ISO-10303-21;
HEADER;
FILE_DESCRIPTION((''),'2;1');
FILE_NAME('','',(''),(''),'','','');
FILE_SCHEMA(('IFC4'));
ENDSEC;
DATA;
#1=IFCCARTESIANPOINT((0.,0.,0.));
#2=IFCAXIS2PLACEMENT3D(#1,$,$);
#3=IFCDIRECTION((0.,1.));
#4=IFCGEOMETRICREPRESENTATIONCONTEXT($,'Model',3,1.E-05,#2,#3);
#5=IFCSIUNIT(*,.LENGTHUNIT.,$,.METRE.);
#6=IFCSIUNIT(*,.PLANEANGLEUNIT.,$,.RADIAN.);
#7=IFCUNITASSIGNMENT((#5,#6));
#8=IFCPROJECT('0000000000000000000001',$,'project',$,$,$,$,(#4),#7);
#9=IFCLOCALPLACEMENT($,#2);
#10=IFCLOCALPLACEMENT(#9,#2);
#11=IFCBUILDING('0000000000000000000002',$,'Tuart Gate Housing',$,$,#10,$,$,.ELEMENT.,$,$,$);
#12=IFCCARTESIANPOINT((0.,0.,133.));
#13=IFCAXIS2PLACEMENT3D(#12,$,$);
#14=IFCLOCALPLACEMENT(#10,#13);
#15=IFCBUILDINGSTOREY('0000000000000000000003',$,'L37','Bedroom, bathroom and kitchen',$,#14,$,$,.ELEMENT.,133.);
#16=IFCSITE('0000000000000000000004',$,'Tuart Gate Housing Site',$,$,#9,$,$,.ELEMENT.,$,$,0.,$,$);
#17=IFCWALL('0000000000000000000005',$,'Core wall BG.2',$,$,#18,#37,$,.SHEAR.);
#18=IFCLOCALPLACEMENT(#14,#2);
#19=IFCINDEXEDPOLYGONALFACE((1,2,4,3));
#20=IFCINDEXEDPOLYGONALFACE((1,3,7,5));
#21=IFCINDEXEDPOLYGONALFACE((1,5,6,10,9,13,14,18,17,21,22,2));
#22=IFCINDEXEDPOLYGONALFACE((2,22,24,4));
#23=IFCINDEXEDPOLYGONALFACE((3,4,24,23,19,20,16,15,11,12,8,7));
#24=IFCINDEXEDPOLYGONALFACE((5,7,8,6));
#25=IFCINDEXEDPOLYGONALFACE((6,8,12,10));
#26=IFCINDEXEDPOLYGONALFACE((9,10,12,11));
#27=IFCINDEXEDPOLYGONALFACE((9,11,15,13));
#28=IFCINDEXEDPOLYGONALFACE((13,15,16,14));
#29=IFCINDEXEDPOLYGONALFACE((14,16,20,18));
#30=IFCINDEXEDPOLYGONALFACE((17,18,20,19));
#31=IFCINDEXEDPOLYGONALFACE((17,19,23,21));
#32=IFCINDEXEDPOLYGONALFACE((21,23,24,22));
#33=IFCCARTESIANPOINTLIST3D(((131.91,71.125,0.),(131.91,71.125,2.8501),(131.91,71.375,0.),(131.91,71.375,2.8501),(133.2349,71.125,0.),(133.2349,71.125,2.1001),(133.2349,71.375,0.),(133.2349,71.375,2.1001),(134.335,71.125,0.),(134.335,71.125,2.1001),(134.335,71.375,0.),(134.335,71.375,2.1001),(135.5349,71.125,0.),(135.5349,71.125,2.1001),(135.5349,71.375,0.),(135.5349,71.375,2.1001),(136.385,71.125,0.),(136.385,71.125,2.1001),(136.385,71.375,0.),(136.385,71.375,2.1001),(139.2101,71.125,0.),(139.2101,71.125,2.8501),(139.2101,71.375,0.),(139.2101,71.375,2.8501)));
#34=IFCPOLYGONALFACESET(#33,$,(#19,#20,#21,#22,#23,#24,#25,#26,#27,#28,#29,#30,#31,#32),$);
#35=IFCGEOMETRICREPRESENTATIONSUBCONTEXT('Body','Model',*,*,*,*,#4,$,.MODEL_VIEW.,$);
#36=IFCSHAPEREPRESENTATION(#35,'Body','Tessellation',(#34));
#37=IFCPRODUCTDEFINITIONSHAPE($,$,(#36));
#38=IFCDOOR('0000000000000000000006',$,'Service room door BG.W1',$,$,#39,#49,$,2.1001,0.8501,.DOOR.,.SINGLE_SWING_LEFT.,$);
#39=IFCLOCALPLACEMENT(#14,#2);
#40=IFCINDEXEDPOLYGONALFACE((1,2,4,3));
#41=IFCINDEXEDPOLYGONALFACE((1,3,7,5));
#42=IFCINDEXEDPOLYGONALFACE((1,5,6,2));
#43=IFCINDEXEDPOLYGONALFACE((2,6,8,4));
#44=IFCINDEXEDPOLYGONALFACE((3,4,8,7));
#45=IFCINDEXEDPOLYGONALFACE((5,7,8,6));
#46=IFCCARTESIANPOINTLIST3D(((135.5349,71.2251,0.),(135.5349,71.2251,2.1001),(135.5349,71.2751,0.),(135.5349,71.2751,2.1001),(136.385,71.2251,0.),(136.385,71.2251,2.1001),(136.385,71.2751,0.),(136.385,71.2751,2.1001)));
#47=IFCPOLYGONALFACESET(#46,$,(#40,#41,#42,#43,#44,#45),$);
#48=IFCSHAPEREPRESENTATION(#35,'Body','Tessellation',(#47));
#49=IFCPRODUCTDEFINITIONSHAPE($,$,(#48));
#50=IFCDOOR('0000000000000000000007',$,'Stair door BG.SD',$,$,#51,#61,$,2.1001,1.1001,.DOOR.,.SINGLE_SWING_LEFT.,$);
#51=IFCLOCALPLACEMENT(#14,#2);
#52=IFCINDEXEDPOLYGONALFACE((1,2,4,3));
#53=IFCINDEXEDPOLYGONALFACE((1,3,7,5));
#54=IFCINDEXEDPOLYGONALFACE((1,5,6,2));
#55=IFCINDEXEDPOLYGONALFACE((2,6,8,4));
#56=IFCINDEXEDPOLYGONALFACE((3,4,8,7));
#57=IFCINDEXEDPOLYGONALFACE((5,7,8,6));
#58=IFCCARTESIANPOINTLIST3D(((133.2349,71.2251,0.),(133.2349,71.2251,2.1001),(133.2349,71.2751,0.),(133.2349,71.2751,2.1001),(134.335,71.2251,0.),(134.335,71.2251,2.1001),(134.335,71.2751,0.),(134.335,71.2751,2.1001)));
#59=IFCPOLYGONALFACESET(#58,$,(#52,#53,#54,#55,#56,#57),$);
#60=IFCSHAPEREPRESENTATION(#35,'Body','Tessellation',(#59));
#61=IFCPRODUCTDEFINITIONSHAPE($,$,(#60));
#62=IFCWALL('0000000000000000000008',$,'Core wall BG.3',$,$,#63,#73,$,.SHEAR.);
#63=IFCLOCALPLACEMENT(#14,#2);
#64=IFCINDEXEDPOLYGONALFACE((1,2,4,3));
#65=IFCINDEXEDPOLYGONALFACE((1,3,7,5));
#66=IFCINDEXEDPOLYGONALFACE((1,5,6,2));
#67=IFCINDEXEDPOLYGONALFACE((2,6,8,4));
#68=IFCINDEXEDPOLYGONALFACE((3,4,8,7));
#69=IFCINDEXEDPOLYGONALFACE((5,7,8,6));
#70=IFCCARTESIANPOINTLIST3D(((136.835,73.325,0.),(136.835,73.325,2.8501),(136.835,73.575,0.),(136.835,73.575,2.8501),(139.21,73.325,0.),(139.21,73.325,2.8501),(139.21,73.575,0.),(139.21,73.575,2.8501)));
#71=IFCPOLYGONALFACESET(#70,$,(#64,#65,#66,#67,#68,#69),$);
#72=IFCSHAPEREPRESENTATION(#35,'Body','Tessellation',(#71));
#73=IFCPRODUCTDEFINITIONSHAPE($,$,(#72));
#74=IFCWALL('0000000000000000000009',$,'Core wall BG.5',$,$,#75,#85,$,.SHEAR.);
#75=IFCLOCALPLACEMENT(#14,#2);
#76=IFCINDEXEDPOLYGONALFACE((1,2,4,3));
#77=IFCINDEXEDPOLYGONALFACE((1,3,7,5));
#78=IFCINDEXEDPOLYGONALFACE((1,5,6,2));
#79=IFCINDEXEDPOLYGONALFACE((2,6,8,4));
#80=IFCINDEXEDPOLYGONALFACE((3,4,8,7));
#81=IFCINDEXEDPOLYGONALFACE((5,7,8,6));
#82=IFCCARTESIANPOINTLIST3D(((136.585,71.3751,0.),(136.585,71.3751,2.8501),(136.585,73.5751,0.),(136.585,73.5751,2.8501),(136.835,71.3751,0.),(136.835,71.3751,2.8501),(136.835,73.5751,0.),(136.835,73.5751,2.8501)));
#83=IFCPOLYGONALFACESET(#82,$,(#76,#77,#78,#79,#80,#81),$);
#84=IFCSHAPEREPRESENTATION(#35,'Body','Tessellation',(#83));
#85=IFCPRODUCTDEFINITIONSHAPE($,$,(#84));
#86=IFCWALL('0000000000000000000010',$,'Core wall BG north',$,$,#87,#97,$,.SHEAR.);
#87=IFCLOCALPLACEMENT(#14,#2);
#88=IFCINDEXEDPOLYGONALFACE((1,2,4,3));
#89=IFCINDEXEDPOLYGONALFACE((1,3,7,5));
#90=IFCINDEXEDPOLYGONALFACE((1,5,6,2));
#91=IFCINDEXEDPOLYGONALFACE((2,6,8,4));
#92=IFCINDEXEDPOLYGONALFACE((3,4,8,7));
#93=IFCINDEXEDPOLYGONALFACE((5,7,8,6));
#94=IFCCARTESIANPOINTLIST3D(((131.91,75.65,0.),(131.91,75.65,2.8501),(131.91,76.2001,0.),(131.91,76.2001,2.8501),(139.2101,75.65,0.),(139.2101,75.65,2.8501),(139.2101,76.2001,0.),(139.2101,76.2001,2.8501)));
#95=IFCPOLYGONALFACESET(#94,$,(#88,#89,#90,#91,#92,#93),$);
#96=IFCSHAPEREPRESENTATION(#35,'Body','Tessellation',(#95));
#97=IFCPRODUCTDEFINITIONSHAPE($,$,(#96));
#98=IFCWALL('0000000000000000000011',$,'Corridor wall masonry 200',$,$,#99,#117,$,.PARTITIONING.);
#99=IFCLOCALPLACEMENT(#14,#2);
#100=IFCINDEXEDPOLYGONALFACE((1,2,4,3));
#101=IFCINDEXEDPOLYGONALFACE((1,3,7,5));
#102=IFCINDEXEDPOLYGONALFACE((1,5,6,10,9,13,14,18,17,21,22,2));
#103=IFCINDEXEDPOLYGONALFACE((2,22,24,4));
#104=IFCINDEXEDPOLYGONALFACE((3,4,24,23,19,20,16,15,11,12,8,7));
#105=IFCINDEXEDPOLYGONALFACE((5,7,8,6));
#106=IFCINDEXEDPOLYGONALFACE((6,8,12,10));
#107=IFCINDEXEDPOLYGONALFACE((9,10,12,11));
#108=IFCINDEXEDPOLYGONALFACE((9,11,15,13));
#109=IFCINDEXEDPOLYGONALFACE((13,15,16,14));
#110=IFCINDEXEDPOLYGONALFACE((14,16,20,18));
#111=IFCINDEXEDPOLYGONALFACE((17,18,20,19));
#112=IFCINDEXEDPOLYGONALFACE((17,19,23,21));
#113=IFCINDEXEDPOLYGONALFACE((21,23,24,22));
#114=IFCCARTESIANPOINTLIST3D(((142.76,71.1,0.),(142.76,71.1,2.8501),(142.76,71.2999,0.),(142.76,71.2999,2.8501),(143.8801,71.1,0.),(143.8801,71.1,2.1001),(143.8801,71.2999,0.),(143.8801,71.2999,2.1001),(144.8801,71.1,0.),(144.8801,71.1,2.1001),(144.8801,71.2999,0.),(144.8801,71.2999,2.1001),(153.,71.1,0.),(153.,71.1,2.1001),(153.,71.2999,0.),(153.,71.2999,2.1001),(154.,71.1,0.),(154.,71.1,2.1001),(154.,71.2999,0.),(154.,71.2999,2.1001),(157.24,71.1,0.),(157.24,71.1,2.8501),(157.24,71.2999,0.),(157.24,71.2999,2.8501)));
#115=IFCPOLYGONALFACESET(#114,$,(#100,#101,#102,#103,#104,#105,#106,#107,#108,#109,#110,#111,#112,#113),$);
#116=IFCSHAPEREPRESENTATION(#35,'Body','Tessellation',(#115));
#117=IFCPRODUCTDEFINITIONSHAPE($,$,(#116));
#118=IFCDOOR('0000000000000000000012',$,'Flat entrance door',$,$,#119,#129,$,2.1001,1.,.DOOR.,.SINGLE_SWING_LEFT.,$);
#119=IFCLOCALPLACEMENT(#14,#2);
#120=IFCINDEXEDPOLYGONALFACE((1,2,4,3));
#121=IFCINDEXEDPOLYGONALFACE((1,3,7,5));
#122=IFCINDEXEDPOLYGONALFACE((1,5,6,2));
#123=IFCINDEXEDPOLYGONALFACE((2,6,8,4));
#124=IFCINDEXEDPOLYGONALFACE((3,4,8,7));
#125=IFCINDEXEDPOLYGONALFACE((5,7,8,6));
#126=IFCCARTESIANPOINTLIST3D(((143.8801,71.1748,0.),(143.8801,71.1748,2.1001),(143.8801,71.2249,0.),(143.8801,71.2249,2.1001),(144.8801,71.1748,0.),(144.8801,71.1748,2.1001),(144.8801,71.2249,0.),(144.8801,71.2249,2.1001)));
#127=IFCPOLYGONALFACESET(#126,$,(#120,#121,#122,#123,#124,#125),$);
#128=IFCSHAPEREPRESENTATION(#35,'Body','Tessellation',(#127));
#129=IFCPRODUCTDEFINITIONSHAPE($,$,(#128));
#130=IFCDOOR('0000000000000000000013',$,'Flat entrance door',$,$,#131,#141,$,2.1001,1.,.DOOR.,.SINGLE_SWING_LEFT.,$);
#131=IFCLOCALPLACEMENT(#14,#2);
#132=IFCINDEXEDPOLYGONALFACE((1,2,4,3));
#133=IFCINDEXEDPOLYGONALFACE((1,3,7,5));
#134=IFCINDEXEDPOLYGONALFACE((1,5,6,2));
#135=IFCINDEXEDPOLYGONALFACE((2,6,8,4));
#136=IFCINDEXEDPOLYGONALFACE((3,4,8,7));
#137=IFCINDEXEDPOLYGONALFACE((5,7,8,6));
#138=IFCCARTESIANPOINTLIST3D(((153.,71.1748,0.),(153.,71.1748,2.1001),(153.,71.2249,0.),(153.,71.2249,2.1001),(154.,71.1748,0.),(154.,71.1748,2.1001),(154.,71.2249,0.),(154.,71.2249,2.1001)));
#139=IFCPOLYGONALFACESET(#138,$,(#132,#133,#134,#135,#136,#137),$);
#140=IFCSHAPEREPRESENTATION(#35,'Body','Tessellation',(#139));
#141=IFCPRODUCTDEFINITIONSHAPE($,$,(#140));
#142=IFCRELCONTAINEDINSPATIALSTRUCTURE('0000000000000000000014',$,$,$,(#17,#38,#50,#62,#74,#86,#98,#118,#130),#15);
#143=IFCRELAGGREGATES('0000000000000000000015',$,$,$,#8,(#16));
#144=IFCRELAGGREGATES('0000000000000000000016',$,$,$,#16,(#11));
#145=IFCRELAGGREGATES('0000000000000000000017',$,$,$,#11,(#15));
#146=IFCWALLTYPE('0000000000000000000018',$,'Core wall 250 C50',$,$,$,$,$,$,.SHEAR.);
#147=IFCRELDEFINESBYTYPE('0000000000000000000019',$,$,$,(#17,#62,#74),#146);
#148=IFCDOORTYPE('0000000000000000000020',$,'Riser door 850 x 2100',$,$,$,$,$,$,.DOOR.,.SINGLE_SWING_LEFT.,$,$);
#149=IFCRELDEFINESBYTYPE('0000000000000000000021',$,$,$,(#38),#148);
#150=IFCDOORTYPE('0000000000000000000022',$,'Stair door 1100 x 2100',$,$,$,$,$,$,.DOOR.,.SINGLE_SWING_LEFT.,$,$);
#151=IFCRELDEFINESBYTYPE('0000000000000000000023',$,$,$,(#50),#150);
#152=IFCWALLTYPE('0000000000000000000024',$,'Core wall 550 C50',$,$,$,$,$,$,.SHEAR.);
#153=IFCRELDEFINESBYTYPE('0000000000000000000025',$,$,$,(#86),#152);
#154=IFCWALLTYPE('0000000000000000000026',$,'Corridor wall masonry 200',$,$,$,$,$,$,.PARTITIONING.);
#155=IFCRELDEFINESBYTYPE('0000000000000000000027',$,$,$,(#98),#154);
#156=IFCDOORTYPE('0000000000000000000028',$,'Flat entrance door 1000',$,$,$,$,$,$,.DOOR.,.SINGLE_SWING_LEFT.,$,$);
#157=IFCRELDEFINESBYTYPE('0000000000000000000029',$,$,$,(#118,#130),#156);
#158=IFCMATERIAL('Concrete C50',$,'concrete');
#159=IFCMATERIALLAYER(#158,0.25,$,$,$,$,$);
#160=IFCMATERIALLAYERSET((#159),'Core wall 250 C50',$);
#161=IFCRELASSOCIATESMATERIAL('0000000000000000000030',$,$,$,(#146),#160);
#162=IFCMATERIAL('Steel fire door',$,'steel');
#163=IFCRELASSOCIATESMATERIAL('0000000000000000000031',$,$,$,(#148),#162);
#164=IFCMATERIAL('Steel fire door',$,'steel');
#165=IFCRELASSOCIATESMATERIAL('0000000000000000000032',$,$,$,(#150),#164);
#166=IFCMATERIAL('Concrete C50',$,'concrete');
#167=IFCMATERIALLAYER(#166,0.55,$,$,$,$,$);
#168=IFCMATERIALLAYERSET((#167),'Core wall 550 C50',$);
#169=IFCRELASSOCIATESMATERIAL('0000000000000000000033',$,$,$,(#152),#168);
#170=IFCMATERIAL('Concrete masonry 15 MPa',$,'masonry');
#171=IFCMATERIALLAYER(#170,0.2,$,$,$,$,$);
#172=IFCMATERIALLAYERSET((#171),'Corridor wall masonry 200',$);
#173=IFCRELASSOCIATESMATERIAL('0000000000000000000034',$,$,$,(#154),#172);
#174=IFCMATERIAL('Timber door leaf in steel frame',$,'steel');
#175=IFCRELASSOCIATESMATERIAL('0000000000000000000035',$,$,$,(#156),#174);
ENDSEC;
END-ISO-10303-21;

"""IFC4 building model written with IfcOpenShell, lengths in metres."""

from ifc_helpers import new_model, si_unit, direction, frame, frame_2d, origin, place, context, subcontext, project, spatial, rectangle, extrude, material, layer, layer_set, type_object, element, fill, save


model = new_model("IFC4")

# Units and contexts
model_context = context("Model", 3, precision=1e-05, world=origin(), true_north=direction((0.0, 1.0)))
body_context = subcontext(model_context, "Body", "Model", "MODEL_VIEW")
ifc_project = project(units=[si_unit("LENGTHUNIT", "METRE"), si_unit("PLANEANGLEUNIT", "RADIAN")], contexts=[model_context])

# Site, building, storey
site_placement = place(None, origin())
site = spatial("IfcSite", under=ifc_project, at=site_placement, Name="Tuart Gate Housing Site", CompositionType="ELEMENT", RefElevation=0.0)
building_placement = place(site_placement, origin())
building = spatial("IfcBuilding", under=site, at=building_placement, Name="Tuart Gate Housing", CompositionType="ELEMENT")
storey_placement = place(building_placement, frame((0.0, 0.0, 133.0)))
storey = spatial("IfcBuildingStorey", under=building, at=storey_placement, Name="L37", Description="Bedroom, bathroom and kitchen", CompositionType="ELEMENT", Elevation=133.0)

# Wall, openings, doors
ifc_material_1 = material(Name="Concrete C50", Category="concrete")
ifc_layer_1 = layer(ifc_material_1, 0.25)
ifc_layer_set_1 = layer_set([ifc_layer_1], Name="Core wall 250 C50")
wall_type_1 = type_object("IfcWallType", Name="Core wall 250 C50", PredefinedType="SHEAR", material=ifc_layer_set_1)
wall_1_placement = place(storey_placement, frame((139.21, 71.25, 0.0), z_axis=(0.0, 0.0, 1.0), x_axis=(-1.0, 0.0, 0.0)))
wall_1 = element("IfcWall", 1, at=wall_1_placement, inside=storey, type_object=wall_type_1, Name="Core wall BG.2", PredefinedType="SHEAR", context=body_context, shape_type="SweptSolid", body=[
    extrude(rectangle(XDim=7.3, YDim=0.25, at=frame_2d((3.6499, 0.0))), origin(), (0.0, 0.0, 1.0), 2.8501),
])
opening_1_placement = place(wall_1_placement, frame((4.875, 0.0, 0.0)))
opening_1 = element("IfcOpeningElement", 2, at=opening_1_placement, cuts=wall_1, PredefinedType="OPENING", context=body_context, shape_type="SweptSolid", body=[
    extrude(rectangle(XDim=1.1001, YDim=2.1001, at=frame_2d((0.55, 1.05))), frame((0.0, 0.135, 0.0), z_axis=(0.0, -1.0, 0.0), x_axis=(1.0, 0.0, 0.0)), (0.0, 0.0, 1.0), 0.27),
])
opening_2_placement = place(wall_1_placement, frame((2.825, 0.0, 0.0)))
opening_2 = element("IfcOpeningElement", 3, at=opening_2_placement, cuts=wall_1, PredefinedType="OPENING", context=body_context, shape_type="SweptSolid", body=[
    extrude(rectangle(XDim=0.8501, YDim=2.1001, at=frame_2d((0.425, 1.05))), frame((0.0, 0.135, 0.0), z_axis=(0.0, -1.0, 0.0), x_axis=(1.0, 0.0, 0.0)), (0.0, 0.0, 1.0), 0.27),
])
ifc_material_2 = material(Name="Steel fire door", Category="steel")
door_type_1 = type_object("IfcDoorType", Name="Riser door 850 x 2100", OperationType="SINGLE_SWING_LEFT", PredefinedType="DOOR", material=ifc_material_2)
door_1_placement = place(opening_2_placement, origin())
door_1 = element("IfcDoor", 4, at=door_1_placement, inside=storey, type_object=door_type_1, Name="Service room door BG.W1", OperationType="SINGLE_SWING_LEFT", OverallHeight=2.1001, OverallWidth=0.8501, PredefinedType="DOOR", context=body_context, shape_type="SweptSolid", body=[
    extrude(rectangle(XDim=0.8501, YDim=2.1001, at=frame_2d((0.425, 1.05))), frame((0.0, 0.0249, 0.0), z_axis=(0.0, -1.0, 0.0), x_axis=(1.0, 0.0, 0.0)), (0.0, 0.0, 1.0), 0.05),
])
fill(opening_2, door_1)
ifc_material_3 = material(Name="Steel fire door", Category="steel")
door_type_2 = type_object("IfcDoorType", Name="Stair door 1100 x 2100", OperationType="SINGLE_SWING_LEFT", PredefinedType="DOOR", material=ifc_material_3)
door_2_placement = place(opening_1_placement, origin())
door_2 = element("IfcDoor", 5, at=door_2_placement, inside=storey, type_object=door_type_2, Name="Stair door BG.SD", OperationType="SINGLE_SWING_LEFT", OverallHeight=2.1001, OverallWidth=1.1001, PredefinedType="DOOR", context=body_context, shape_type="SweptSolid", body=[
    extrude(rectangle(XDim=1.1001, YDim=2.1001, at=frame_2d((0.55, 1.05))), frame((0.0, 0.0249, 0.0), z_axis=(0.0, -1.0, 0.0), x_axis=(1.0, 0.0, 0.0)), (0.0, 0.0, 1.0), 0.05),
])
fill(opening_1, door_2)

# Walls
wall_2_placement = place(storey_placement, frame((139.21, 73.45, 0.0), z_axis=(0.0, 0.0, 1.0), x_axis=(-1.0, 0.0, 0.0)))
element("IfcWall", 6, at=wall_2_placement, inside=storey, type_object=wall_type_1, Name="Core wall BG.3", PredefinedType="SHEAR", context=body_context, shape_type="SweptSolid", body=[
    extrude(rectangle(XDim=2.375, YDim=0.25, at=frame_2d((1.1875, 0.0))), origin(), (0.0, 0.0, 1.0), 2.8501),
])
wall_3_placement = place(storey_placement, frame((136.71, 71.375, 0.0), z_axis=(0.0, 0.0, 1.0), x_axis=(0.0, 1.0, 0.0)))
element("IfcWall", 7, at=wall_3_placement, inside=storey, type_object=wall_type_1, Name="Core wall BG.5", PredefinedType="SHEAR", context=body_context, shape_type="SweptSolid", body=[
    extrude(rectangle(XDim=2.2, YDim=0.25, at=frame_2d((1.1001, 0.0))), origin(), (0.0, 0.0, 1.0), 2.8501),
])
ifc_material_4 = material(Name="Concrete C50", Category="concrete")
ifc_layer_2 = layer(ifc_material_4, 0.55)
ifc_layer_set_2 = layer_set([ifc_layer_2], Name="Core wall 550 C50")
wall_type_2 = type_object("IfcWallType", Name="Core wall 550 C50", PredefinedType="SHEAR", material=ifc_layer_set_2)
wall_4_placement = place(storey_placement, frame((139.21, 75.925, 0.0), z_axis=(0.0, 0.0, 1.0), x_axis=(-1.0, 0.0, 0.0)))
element("IfcWall", 8, at=wall_4_placement, inside=storey, type_object=wall_type_2, Name="Core wall BG north", PredefinedType="SHEAR", context=body_context, shape_type="SweptSolid", body=[
    extrude(rectangle(XDim=7.3, YDim=0.55, at=frame_2d((3.6499, 0.0))), origin(), (0.0, 0.0, 1.0), 2.8501),
])

# Wall, openings, doors
ifc_material_5 = material(Name="Concrete masonry 15 MPa", Category="masonry")
ifc_layer_3 = layer(ifc_material_5, 0.2)
ifc_layer_set_3 = layer_set([ifc_layer_3], Name="Corridor wall masonry 200")
wall_type_3 = type_object("IfcWallType", Name="Corridor wall masonry 200", PredefinedType="PARTITIONING", material=ifc_layer_set_3)
wall_5_placement = place(storey_placement, frame((142.76, 71.2, 0.0), z_axis=(0.0, 0.0, 1.0), x_axis=(1.0, 0.0, 0.0)))
wall_5 = element("IfcWall", 9, at=wall_5_placement, inside=storey, type_object=wall_type_3, Name="Corridor wall masonry 200", PredefinedType="PARTITIONING", context=body_context, shape_type="SweptSolid", body=[
    extrude(rectangle(XDim=14.48, YDim=0.2, at=frame_2d((7.24, 0.0))), origin(), (0.0, 0.0, 1.0), 2.8501),
])
opening_3_placement = place(wall_5_placement, frame((1.1201, 0.0, 0.0)))
opening_3 = element("IfcOpeningElement", 10, at=opening_3_placement, cuts=wall_5, PredefinedType="OPENING", context=body_context, shape_type="SweptSolid", body=[
    extrude(rectangle(XDim=1.0, YDim=2.1001, at=frame_2d((0.5, 1.05))), frame((0.0, 0.1099, 0.0), z_axis=(0.0, -1.0, 0.0), x_axis=(1.0, 0.0, 0.0)), (0.0, 0.0, 1.0), 0.22),
])
opening_4_placement = place(wall_5_placement, frame((10.24, 0.0, 0.0)))
opening_4 = element("IfcOpeningElement", 11, at=opening_4_placement, cuts=wall_5, PredefinedType="OPENING", context=body_context, shape_type="SweptSolid", body=[
    extrude(rectangle(XDim=1.0, YDim=2.1001, at=frame_2d((0.5, 1.05))), frame((0.0, 0.1099, 0.0), z_axis=(0.0, -1.0, 0.0), x_axis=(1.0, 0.0, 0.0)), (0.0, 0.0, 1.0), 0.22),
])
ifc_material_6 = material(Name="Timber door leaf in steel frame", Category="steel")
door_type_3 = type_object("IfcDoorType", Name="Flat entrance door 1000", OperationType="SINGLE_SWING_LEFT", PredefinedType="DOOR", material=ifc_material_6)
door_3_placement = place(opening_3_placement, origin())
door_3 = element("IfcDoor", 12, at=door_3_placement, inside=storey, type_object=door_type_3, Name="Flat entrance door", OperationType="SINGLE_SWING_LEFT", OverallHeight=2.1001, OverallWidth=1.0, PredefinedType="DOOR", context=body_context, shape_type="SweptSolid", body=[
    extrude(rectangle(XDim=1.0, YDim=2.1001, at=frame_2d((0.5, 1.05))), frame((0.0, 0.0249, 0.0), z_axis=(0.0, -1.0, 0.0), x_axis=(1.0, 0.0, 0.0)), (0.0, 0.0, 1.0), 0.05),
])
fill(opening_3, door_3)
door_4_placement = place(opening_4_placement, origin())
door_4 = element("IfcDoor", 13, at=door_4_placement, inside=storey, type_object=door_type_3, Name="Flat entrance door", OperationType="SINGLE_SWING_LEFT", OverallHeight=2.1001, OverallWidth=1.0, PredefinedType="DOOR", context=body_context, shape_type="SweptSolid", body=[
    extrude(rectangle(XDim=1.0, YDim=2.1001, at=frame_2d((0.5, 1.05))), frame((0.0, 0.0249, 0.0), z_axis=(0.0, -1.0, 0.0), x_axis=(1.0, 0.0, 0.0)), (0.0, 0.0, 1.0), 0.05),
])
fill(opening_4, door_4)

save(model, "model.ifc")
